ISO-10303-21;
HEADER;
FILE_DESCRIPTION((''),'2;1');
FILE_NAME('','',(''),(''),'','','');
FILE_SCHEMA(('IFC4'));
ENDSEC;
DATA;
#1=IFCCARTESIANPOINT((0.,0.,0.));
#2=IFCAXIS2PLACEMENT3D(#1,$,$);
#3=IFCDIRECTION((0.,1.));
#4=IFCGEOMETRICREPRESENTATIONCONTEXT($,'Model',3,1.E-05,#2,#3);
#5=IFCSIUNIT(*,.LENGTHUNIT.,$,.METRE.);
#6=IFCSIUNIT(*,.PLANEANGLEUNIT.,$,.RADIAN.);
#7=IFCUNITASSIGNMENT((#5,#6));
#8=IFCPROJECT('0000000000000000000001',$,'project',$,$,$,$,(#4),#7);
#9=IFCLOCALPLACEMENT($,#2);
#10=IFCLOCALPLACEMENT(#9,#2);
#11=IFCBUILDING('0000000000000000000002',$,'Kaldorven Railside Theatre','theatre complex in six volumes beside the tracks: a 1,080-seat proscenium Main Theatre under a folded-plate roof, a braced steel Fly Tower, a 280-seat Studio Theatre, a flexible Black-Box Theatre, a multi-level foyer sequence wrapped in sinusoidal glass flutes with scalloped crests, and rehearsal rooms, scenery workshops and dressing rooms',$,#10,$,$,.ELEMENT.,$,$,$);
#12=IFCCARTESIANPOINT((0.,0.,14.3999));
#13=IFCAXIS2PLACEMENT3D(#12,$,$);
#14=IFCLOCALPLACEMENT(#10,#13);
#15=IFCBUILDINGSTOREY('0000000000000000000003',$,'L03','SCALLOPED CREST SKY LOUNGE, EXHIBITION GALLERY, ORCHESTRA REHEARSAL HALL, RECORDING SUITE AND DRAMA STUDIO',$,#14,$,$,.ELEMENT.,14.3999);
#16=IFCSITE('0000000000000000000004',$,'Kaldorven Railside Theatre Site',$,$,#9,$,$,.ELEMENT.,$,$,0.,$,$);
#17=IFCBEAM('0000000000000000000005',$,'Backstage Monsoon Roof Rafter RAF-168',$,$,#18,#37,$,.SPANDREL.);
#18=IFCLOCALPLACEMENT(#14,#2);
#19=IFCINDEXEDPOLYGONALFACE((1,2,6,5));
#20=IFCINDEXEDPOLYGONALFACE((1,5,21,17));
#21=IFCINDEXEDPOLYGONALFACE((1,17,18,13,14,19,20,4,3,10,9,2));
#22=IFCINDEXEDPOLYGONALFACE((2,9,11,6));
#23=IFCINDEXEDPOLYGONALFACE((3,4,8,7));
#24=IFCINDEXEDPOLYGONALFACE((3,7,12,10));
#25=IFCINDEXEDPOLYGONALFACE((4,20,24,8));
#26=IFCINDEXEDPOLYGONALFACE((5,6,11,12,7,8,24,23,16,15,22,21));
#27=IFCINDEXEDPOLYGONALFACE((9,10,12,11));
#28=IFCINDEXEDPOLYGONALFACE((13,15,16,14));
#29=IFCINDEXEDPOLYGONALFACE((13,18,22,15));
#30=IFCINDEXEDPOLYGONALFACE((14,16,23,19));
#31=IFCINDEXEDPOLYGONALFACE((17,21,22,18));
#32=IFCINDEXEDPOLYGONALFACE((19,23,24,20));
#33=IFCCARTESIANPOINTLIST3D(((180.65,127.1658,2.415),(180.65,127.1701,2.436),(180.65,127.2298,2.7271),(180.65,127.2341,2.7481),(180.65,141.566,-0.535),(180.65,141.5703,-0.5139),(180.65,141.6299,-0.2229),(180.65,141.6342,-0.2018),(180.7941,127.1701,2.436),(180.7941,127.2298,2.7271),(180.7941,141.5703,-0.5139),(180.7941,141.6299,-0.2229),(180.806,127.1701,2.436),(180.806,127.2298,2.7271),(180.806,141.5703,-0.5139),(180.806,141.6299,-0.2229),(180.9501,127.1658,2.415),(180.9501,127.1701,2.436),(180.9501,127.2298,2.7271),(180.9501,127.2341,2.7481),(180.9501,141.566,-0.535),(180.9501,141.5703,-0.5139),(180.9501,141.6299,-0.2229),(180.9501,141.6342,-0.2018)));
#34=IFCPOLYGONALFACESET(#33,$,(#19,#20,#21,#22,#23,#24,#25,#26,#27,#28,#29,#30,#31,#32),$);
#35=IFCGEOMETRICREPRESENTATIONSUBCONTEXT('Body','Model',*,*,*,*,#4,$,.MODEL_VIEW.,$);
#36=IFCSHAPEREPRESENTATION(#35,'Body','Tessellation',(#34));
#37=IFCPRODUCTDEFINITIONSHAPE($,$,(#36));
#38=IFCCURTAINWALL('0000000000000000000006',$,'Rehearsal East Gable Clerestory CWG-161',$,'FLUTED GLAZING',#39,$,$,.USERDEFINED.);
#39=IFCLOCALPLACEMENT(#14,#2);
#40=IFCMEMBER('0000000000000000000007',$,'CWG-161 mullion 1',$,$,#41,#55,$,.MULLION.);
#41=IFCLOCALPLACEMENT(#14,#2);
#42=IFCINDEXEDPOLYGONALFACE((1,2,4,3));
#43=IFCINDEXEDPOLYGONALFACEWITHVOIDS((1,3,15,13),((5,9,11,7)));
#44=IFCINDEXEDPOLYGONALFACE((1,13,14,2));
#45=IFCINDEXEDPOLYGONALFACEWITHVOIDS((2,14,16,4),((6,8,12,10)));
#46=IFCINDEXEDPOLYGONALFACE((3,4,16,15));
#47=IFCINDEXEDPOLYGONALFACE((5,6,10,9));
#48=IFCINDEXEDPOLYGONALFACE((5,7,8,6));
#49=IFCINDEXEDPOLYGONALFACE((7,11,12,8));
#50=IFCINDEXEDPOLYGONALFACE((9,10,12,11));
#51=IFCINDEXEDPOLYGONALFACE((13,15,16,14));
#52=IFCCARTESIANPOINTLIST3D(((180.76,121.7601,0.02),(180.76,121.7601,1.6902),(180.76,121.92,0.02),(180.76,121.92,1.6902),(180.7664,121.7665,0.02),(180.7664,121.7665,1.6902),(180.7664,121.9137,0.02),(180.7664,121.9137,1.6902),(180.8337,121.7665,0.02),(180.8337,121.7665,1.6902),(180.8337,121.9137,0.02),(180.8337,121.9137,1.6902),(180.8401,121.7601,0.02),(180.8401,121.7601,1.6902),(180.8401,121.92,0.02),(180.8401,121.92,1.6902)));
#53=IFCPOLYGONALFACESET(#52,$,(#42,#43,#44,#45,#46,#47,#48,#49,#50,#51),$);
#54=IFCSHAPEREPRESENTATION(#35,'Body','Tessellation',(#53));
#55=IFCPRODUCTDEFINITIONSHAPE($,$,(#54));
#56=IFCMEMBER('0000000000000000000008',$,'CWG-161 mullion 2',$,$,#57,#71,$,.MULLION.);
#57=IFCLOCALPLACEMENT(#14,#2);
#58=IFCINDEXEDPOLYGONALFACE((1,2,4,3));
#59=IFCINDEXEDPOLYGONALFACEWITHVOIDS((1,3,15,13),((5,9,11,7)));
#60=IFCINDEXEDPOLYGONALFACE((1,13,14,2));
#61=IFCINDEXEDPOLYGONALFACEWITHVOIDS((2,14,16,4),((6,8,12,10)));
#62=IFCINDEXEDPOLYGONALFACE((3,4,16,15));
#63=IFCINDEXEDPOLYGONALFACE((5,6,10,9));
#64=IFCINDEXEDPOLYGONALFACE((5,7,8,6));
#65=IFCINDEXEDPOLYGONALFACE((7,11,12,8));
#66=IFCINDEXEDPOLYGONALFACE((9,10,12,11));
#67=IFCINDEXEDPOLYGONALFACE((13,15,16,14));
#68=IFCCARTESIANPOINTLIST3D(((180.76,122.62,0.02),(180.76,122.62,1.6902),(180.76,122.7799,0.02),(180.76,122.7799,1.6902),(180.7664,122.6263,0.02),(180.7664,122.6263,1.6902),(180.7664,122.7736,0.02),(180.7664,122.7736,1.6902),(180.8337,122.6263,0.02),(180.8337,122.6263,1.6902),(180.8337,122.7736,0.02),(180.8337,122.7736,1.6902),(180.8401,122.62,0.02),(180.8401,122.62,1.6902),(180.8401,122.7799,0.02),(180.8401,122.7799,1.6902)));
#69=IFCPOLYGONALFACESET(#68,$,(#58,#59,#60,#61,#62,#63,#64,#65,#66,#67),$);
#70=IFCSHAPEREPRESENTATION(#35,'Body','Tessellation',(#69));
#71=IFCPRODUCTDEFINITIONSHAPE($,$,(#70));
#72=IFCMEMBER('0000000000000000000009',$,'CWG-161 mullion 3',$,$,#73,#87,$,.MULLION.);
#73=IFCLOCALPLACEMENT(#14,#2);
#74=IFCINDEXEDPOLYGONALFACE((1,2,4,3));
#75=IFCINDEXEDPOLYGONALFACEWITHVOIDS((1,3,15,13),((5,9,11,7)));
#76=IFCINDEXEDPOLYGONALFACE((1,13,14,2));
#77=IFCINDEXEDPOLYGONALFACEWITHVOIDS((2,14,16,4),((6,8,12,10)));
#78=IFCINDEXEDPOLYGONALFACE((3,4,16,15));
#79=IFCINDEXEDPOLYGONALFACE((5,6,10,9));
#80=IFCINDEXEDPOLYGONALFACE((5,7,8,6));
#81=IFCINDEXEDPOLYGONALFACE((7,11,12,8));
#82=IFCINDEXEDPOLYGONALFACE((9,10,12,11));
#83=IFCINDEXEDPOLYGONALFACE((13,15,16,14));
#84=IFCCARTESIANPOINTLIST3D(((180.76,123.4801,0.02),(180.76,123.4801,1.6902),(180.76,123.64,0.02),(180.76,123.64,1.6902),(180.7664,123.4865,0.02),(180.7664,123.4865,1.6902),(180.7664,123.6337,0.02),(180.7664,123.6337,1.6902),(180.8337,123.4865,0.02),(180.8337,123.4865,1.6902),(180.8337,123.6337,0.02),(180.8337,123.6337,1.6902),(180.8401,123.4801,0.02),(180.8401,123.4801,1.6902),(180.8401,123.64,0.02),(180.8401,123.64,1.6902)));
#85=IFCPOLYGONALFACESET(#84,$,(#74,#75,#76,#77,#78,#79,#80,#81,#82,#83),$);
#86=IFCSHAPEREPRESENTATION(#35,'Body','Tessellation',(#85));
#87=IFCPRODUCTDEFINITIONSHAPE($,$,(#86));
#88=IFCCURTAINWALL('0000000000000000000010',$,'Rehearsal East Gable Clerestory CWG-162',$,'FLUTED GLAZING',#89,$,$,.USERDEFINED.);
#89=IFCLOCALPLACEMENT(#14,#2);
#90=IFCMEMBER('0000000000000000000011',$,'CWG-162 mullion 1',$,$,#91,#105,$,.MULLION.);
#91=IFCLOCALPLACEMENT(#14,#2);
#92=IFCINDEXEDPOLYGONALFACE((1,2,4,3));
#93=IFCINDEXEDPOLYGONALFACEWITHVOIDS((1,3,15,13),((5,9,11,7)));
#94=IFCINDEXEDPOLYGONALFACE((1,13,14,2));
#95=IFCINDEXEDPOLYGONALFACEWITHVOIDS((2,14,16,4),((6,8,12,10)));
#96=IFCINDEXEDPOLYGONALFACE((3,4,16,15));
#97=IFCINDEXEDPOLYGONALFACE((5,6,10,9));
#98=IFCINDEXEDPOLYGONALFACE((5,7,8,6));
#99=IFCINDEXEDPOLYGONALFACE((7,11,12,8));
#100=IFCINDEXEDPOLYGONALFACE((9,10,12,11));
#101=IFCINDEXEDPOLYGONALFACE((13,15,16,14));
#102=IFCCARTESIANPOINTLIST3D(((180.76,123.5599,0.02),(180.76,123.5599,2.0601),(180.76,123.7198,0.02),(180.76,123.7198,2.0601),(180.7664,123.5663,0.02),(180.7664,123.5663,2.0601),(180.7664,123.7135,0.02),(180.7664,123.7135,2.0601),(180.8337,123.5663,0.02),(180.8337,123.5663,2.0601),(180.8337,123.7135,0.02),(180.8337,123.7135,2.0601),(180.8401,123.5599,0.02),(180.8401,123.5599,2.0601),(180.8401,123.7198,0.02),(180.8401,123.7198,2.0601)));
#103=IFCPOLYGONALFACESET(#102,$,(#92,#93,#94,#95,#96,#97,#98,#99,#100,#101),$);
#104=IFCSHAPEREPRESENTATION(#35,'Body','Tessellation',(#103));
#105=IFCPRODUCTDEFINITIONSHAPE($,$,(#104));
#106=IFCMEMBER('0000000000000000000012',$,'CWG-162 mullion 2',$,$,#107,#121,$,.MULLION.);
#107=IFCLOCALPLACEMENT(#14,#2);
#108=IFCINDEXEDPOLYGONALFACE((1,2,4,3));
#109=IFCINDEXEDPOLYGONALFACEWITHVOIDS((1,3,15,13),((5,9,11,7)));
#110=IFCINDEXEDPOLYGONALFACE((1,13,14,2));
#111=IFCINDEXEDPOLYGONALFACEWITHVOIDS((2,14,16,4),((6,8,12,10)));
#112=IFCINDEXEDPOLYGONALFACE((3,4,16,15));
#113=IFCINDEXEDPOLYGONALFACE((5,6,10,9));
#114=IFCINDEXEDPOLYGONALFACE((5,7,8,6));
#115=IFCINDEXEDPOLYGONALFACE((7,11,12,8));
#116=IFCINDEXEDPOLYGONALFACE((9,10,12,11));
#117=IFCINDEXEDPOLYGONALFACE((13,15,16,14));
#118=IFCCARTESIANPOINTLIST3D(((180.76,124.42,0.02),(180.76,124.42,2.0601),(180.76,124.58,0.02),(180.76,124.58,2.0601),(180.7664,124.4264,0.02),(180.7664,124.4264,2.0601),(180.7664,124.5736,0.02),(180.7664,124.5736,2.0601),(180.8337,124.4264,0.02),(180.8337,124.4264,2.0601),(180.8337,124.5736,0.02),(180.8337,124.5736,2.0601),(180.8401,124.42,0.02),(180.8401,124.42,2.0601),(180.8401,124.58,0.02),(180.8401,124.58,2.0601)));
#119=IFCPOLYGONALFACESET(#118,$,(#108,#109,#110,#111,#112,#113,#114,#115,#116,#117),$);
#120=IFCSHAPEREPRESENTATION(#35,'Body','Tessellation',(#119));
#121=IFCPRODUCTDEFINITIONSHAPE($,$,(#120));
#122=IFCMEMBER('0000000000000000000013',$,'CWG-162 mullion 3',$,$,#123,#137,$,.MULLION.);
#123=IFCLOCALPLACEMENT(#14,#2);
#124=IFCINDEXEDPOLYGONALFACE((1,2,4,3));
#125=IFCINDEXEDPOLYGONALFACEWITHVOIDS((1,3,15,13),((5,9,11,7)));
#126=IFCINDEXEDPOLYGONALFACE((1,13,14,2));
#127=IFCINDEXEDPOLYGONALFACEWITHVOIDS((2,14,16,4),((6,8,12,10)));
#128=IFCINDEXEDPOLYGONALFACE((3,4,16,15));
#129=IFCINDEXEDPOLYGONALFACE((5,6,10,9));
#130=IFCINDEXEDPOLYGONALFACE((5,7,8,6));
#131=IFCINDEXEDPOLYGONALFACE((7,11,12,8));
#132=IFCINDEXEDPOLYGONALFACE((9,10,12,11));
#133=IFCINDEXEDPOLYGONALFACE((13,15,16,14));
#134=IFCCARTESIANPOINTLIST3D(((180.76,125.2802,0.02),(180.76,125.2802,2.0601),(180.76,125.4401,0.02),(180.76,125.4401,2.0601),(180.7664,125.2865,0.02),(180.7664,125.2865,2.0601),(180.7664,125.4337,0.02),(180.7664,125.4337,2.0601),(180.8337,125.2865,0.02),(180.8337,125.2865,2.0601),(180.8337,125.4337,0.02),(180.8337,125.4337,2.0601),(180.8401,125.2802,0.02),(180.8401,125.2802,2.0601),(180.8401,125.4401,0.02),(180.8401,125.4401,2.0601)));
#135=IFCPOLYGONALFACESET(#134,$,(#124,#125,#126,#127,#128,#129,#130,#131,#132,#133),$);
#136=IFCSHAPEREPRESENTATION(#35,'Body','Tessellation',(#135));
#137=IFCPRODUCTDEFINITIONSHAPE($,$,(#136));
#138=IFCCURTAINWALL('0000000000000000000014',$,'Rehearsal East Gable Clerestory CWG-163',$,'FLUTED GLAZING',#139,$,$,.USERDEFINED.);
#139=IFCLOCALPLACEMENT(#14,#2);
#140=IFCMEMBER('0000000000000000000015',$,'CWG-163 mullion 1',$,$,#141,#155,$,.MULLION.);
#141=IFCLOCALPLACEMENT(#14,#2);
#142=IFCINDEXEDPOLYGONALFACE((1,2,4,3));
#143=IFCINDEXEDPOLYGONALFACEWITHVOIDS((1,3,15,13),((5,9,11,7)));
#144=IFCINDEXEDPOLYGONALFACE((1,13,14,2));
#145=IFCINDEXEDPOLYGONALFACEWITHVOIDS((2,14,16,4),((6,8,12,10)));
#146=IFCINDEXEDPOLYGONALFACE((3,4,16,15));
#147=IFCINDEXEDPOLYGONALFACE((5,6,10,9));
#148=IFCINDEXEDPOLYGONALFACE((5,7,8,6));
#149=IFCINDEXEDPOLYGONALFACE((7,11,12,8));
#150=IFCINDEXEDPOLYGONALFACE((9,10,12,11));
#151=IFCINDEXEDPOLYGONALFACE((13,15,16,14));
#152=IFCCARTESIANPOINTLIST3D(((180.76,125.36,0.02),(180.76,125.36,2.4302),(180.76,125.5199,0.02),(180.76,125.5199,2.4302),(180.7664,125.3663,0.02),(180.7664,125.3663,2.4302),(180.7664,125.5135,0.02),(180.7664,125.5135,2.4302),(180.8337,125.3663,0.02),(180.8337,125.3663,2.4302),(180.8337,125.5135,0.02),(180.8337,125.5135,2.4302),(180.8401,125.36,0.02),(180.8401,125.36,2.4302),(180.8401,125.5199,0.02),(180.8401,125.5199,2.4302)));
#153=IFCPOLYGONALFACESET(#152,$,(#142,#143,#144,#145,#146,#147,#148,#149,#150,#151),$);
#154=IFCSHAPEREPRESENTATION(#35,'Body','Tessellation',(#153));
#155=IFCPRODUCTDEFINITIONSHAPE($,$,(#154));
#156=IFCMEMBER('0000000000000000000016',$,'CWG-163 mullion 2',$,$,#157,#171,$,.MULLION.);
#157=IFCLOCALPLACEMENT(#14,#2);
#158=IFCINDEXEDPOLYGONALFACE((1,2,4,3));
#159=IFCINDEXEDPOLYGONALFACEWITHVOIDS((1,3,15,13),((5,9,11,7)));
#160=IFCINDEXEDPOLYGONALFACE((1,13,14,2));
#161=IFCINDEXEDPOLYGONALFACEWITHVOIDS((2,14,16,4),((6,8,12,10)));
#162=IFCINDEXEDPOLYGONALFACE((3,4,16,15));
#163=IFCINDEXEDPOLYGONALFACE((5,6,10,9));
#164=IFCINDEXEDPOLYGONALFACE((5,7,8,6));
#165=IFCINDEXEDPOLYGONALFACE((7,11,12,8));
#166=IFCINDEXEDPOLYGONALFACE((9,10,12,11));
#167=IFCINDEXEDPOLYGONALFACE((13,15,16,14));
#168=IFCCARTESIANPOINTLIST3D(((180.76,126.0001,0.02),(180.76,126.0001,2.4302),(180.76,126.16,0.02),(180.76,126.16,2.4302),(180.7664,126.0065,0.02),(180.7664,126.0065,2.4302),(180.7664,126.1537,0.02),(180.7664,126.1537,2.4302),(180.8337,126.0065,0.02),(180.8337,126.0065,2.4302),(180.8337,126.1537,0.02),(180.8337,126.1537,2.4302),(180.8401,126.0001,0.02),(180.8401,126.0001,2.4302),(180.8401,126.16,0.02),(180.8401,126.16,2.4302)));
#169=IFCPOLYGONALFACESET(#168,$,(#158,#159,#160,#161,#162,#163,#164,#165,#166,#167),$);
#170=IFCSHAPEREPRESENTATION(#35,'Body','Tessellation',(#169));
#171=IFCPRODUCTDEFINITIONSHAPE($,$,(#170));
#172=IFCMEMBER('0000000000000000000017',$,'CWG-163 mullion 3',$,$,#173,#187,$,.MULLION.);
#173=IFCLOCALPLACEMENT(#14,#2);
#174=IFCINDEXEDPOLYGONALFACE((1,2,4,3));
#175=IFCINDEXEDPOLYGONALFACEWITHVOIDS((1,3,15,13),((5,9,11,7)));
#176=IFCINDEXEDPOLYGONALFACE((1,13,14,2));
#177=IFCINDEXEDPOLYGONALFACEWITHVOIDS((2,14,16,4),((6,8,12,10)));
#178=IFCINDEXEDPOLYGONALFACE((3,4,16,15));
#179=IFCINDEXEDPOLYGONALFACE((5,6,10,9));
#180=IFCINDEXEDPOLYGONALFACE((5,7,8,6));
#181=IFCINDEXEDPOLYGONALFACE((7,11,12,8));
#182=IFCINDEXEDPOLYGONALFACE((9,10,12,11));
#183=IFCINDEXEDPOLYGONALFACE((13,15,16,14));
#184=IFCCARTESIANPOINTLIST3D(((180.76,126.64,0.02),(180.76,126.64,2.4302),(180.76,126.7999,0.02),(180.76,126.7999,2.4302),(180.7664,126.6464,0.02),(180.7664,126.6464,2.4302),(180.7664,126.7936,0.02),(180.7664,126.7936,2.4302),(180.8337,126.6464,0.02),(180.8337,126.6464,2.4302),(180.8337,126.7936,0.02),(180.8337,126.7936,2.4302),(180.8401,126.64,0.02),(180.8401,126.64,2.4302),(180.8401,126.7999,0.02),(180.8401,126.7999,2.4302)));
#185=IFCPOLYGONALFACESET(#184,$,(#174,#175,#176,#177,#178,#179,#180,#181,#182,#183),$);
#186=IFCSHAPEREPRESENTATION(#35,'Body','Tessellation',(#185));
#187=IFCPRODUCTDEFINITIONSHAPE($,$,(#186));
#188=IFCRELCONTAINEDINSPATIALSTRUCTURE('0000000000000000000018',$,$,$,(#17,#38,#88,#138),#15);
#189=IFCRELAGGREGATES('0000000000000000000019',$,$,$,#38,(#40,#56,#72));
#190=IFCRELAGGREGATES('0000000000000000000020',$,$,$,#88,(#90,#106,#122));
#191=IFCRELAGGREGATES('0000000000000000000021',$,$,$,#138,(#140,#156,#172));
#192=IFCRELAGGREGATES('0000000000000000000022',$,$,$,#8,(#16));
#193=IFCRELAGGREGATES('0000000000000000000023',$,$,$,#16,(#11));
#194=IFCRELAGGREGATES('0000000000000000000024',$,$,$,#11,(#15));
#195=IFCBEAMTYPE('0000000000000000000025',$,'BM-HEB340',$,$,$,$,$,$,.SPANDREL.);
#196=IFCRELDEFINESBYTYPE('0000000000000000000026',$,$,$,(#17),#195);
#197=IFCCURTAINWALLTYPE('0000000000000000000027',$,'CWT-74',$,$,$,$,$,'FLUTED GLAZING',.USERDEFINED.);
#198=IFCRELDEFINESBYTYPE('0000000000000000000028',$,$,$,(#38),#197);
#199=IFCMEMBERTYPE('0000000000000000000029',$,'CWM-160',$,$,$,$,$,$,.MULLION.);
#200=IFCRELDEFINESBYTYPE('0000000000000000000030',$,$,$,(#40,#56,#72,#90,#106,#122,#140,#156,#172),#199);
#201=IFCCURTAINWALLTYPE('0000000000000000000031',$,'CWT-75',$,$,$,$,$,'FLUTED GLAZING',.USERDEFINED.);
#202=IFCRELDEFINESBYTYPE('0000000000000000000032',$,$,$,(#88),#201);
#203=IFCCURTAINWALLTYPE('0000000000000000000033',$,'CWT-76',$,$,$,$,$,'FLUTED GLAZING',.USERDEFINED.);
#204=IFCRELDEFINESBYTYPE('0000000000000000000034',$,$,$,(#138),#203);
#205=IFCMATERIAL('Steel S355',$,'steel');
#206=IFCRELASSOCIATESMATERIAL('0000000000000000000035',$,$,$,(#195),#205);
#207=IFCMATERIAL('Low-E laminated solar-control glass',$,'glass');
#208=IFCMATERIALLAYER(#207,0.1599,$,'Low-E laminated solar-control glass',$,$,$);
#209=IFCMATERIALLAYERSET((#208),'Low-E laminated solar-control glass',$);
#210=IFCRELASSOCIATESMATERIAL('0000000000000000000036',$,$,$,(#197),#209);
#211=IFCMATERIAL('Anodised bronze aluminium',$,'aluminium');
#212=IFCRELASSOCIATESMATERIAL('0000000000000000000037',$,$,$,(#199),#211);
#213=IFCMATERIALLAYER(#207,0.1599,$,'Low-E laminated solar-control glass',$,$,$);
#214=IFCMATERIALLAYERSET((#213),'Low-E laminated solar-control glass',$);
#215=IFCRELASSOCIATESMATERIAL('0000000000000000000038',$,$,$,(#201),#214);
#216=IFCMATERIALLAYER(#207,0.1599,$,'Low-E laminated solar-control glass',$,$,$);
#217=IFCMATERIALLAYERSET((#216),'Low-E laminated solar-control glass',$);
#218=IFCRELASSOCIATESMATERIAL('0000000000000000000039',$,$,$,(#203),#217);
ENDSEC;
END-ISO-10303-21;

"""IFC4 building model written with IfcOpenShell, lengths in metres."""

from ifc_helpers import new_model, si_unit, direction, frame, origin, origin_2d, place, context, subcontext, project, spatial, hollow_rectangle, i_section, extrude, material, layer, layer_set, material_profile, profile_set, type_object, element, aggregate, save


model = new_model("IFC4")

# Units and contexts
model_context = context("Model", 3, precision=1e-05, world=origin(), true_north=direction((0.0, 1.0)))
body_context = subcontext(model_context, "Body", "Model", "MODEL_VIEW")
ifc_project = project(units=[si_unit("LENGTHUNIT", "METRE"), si_unit("PLANEANGLEUNIT", "RADIAN")], contexts=[model_context])

# Site, building, storey
site_placement = place(None, origin())
site = spatial("IfcSite", under=ifc_project, at=site_placement, Name="Kaldorven Railside Theatre Site", CompositionType="ELEMENT", RefElevation=0.0)
building_placement = place(site_placement, origin())
building = spatial("IfcBuilding", under=site, at=building_placement, Name="Kaldorven Railside Theatre", Description="theatre complex in six volumes beside the tracks: a 1,080-seat proscenium Main Theatre under a folded-plate roof, a braced steel Fly Tower, a 280-seat Studio Theatre, a flexible Black-Box Theatre, a multi-level foyer sequence wrapped in sinusoidal glass flutes with scalloped crests, and rehearsal rooms, scenery workshops and dressing rooms", CompositionType="ELEMENT")
storey_placement = place(building_placement, frame((0.0, 0.0, 14.3999)))
storey = spatial("IfcBuildingStorey", under=building, at=storey_placement, Name="L03", Description="SCALLOPED CREST SKY LOUNGE, EXHIBITION GALLERY, ORCHESTRA REHEARSAL HALL, RECORDING SUITE AND DRAMA STUDIO", CompositionType="ELEMENT", Elevation=14.3999)

# Beam
ifc_material_1 = material(Name="Steel S355", Category="steel")
ifc_material_profile_1 = material_profile(ifc_material_1, i_section(OverallWidth=0.3, OverallDepth=0.3401, WebThickness=0.012, FlangeThickness=0.0215, at=origin_2d()), Name="HEB 340")
ifc_profile_set_1 = profile_set([ifc_material_profile_1], Name="Steel S355")
beam_type = type_object("IfcBeamType", Name="BM-HEB340", PredefinedType="SPANDREL", material=ifc_profile_set_1)
beam_placement = place(storey_placement, frame((180.8, 127.2, 2.5815), z_axis=(0.0, 0.979655, -0.200688), x_axis=(-1.0, 0.0, 0.0)))
element("IfcBeam", 1, at=beam_placement, inside=storey, type_object=beam_type, Name="Backstage Monsoon Roof Rafter RAF-168", PredefinedType="SPANDREL", context=body_context, shape_type="SweptSolid", body=[
    extrude(i_section(OverallWidth=0.3, OverallDepth=0.3401, WebThickness=0.012, FlangeThickness=0.0215, at=origin_2d()), origin(), (0.0, 0.0, 1.0), 14.6992),
])

# Curtain walls, members
ifc_material_2 = material(Name="Low-E laminated solar-control glass", Category="glass")
ifc_layer_1 = layer(ifc_material_2, 0.1599, Name="Low-E laminated solar-control glass")
ifc_layer_set_1 = layer_set([ifc_layer_1], Name="Low-E laminated solar-control glass")
curtain_wall_type_1 = type_object("IfcCurtainWallType", Name="CWT-74", ElementType="FLUTED GLAZING", PredefinedType="USERDEFINED", material=ifc_layer_set_1)
curtain_wall_1_placement = place(storey_placement, origin())
curtain_wall_1 = element("IfcCurtainWall", 2, at=curtain_wall_1_placement, inside=storey, type_object=curtain_wall_type_1, Name="Rehearsal East Gable Clerestory CWG-161", ObjectType="FLUTED GLAZING", PredefinedType="USERDEFINED")
ifc_material_3 = material(Name="Anodised bronze aluminium", Category="aluminium")
ifc_material_profile_2 = material_profile(ifc_material_3, hollow_rectangle(XDim=0.0801, YDim=0.1599, WallThickness=0.0063, at=origin_2d()), Name="RHS 160x80x6.3")
ifc_profile_set_2 = profile_set([ifc_material_profile_2], Name="Anodised bronze aluminium")
member_type_1 = type_object("IfcMemberType", Name="CWM-160", PredefinedType="MULLION", material=ifc_profile_set_2)
member_1_placement = place(storey_placement, frame((180.8, 121.8401, 0.02), z_axis=(0.0, 0.0, 1.0), x_axis=(-1.0, 0.0, 0.0)))
member_1 = element("IfcMember", 3, at=member_1_placement, type_object=member_type_1, Name="CWG-161 mullion 1", PredefinedType="MULLION", context=body_context, shape_type="SweptSolid", body=[
    extrude(hollow_rectangle(XDim=0.0801, YDim=0.1599, WallThickness=0.0063, at=origin_2d()), origin(), (0.0, 0.0, 1.0), 1.6702),
])
member_2_placement = place(storey_placement, frame((180.8, 122.7, 0.02), z_axis=(0.0, 0.0, 1.0), x_axis=(-1.0, 0.0, 0.0)))
member_2 = element("IfcMember", 4, at=member_2_placement, type_object=member_type_1, Name="CWG-161 mullion 2", PredefinedType="MULLION", context=body_context, shape_type="SweptSolid", body=[
    extrude(hollow_rectangle(XDim=0.0801, YDim=0.1599, WallThickness=0.0063, at=origin_2d()), origin(), (0.0, 0.0, 1.0), 1.6702),
])
member_3_placement = place(storey_placement, frame((180.8, 123.5601, 0.02), z_axis=(0.0, 0.0, 1.0), x_axis=(-1.0, 0.0, 0.0)))
member_3 = element("IfcMember", 5, at=member_3_placement, type_object=member_type_1, Name="CWG-161 mullion 3", PredefinedType="MULLION", context=body_context, shape_type="SweptSolid", body=[
    extrude(hollow_rectangle(XDim=0.0801, YDim=0.1599, WallThickness=0.0063, at=origin_2d()), origin(), (0.0, 0.0, 1.0), 1.6702),
])
ifc_layer_2 = layer(ifc_material_2, 0.1599, Name="Low-E laminated solar-control glass")
ifc_layer_set_2 = layer_set([ifc_layer_2], Name="Low-E laminated solar-control glass")
curtain_wall_type_2 = type_object("IfcCurtainWallType", Name="CWT-75", ElementType="FLUTED GLAZING", PredefinedType="USERDEFINED", material=ifc_layer_set_2)
curtain_wall_2_placement = place(storey_placement, origin())
curtain_wall_2 = element("IfcCurtainWall", 6, at=curtain_wall_2_placement, inside=storey, type_object=curtain_wall_type_2, Name="Rehearsal East Gable Clerestory CWG-162", ObjectType="FLUTED GLAZING", PredefinedType="USERDEFINED")
member_4_placement = place(storey_placement, frame((180.8, 123.6399, 0.02), z_axis=(0.0, 0.0, 1.0), x_axis=(-1.0, 0.0, 0.0)))
member_4 = element("IfcMember", 7, at=member_4_placement, type_object=member_type_1, Name="CWG-162 mullion 1", PredefinedType="MULLION", context=body_context, shape_type="SweptSolid", body=[
    extrude(hollow_rectangle(XDim=0.0801, YDim=0.1599, WallThickness=0.0063, at=origin_2d()), origin(), (0.0, 0.0, 1.0), 2.04),
])
member_5_placement = place(storey_placement, frame((180.8, 124.5, 0.02), z_axis=(0.0, 0.0, 1.0), x_axis=(-1.0, 0.0, 0.0)))
member_5 = element("IfcMember", 8, at=member_5_placement, type_object=member_type_1, Name="CWG-162 mullion 2", PredefinedType="MULLION", context=body_context, shape_type="SweptSolid", body=[
    extrude(hollow_rectangle(XDim=0.0801, YDim=0.1599, WallThickness=0.0063, at=origin_2d()), origin(), (0.0, 0.0, 1.0), 2.04),
])
member_6_placement = place(storey_placement, frame((180.8, 125.3601, 0.02), z_axis=(0.0, 0.0, 1.0), x_axis=(-1.0, 0.0, 0.0)))
member_6 = element("IfcMember", 9, at=member_6_placement, type_object=member_type_1, Name="CWG-162 mullion 3", PredefinedType="MULLION", context=body_context, shape_type="SweptSolid", body=[
    extrude(hollow_rectangle(XDim=0.0801, YDim=0.1599, WallThickness=0.0063, at=origin_2d()), origin(), (0.0, 0.0, 1.0), 2.04),
])
ifc_layer_3 = layer(ifc_material_2, 0.1599, Name="Low-E laminated solar-control glass")
ifc_layer_set_3 = layer_set([ifc_layer_3], Name="Low-E laminated solar-control glass")
curtain_wall_type_3 = type_object("IfcCurtainWallType", Name="CWT-76", ElementType="FLUTED GLAZING", PredefinedType="USERDEFINED", material=ifc_layer_set_3)
curtain_wall_3_placement = place(storey_placement, origin())
curtain_wall_3 = element("IfcCurtainWall", 10, at=curtain_wall_3_placement, inside=storey, type_object=curtain_wall_type_3, Name="Rehearsal East Gable Clerestory CWG-163", ObjectType="FLUTED GLAZING", PredefinedType="USERDEFINED")
member_7_placement = place(storey_placement, frame((180.8, 125.4399, 0.02), z_axis=(0.0, 0.0, 1.0), x_axis=(-1.0, 0.0, 0.0)))
member_7 = element("IfcMember", 11, at=member_7_placement, type_object=member_type_1, Name="CWG-163 mullion 1", PredefinedType="MULLION", context=body_context, shape_type="SweptSolid", body=[
    extrude(hollow_rectangle(XDim=0.0801, YDim=0.1599, WallThickness=0.0063, at=origin_2d()), origin(), (0.0, 0.0, 1.0), 2.4102),
])
member_8_placement = place(storey_placement, frame((180.8, 126.0801, 0.02), z_axis=(0.0, 0.0, 1.0), x_axis=(-1.0, 0.0, 0.0)))
member_8 = element("IfcMember", 12, at=member_8_placement, type_object=member_type_1, Name="CWG-163 mullion 2", PredefinedType="MULLION", context=body_context, shape_type="SweptSolid", body=[
    extrude(hollow_rectangle(XDim=0.0801, YDim=0.1599, WallThickness=0.0063, at=origin_2d()), origin(), (0.0, 0.0, 1.0), 2.4102),
])
member_9_placement = place(storey_placement, frame((180.8, 126.72, 0.02), z_axis=(0.0, 0.0, 1.0), x_axis=(-1.0, 0.0, 0.0)))
member_9 = element("IfcMember", 13, at=member_9_placement, type_object=member_type_1, Name="CWG-163 mullion 3", PredefinedType="MULLION", context=body_context, shape_type="SweptSolid", body=[
    extrude(hollow_rectangle(XDim=0.0801, YDim=0.1599, WallThickness=0.0063, at=origin_2d()), origin(), (0.0, 0.0, 1.0), 2.4102),
])

aggregate(curtain_wall_1, [member_1, member_2, member_3])
aggregate(curtain_wall_2, [member_4, member_5, member_6])
aggregate(curtain_wall_3, [member_7, member_8, member_9])

save(model, "model.ifc")
